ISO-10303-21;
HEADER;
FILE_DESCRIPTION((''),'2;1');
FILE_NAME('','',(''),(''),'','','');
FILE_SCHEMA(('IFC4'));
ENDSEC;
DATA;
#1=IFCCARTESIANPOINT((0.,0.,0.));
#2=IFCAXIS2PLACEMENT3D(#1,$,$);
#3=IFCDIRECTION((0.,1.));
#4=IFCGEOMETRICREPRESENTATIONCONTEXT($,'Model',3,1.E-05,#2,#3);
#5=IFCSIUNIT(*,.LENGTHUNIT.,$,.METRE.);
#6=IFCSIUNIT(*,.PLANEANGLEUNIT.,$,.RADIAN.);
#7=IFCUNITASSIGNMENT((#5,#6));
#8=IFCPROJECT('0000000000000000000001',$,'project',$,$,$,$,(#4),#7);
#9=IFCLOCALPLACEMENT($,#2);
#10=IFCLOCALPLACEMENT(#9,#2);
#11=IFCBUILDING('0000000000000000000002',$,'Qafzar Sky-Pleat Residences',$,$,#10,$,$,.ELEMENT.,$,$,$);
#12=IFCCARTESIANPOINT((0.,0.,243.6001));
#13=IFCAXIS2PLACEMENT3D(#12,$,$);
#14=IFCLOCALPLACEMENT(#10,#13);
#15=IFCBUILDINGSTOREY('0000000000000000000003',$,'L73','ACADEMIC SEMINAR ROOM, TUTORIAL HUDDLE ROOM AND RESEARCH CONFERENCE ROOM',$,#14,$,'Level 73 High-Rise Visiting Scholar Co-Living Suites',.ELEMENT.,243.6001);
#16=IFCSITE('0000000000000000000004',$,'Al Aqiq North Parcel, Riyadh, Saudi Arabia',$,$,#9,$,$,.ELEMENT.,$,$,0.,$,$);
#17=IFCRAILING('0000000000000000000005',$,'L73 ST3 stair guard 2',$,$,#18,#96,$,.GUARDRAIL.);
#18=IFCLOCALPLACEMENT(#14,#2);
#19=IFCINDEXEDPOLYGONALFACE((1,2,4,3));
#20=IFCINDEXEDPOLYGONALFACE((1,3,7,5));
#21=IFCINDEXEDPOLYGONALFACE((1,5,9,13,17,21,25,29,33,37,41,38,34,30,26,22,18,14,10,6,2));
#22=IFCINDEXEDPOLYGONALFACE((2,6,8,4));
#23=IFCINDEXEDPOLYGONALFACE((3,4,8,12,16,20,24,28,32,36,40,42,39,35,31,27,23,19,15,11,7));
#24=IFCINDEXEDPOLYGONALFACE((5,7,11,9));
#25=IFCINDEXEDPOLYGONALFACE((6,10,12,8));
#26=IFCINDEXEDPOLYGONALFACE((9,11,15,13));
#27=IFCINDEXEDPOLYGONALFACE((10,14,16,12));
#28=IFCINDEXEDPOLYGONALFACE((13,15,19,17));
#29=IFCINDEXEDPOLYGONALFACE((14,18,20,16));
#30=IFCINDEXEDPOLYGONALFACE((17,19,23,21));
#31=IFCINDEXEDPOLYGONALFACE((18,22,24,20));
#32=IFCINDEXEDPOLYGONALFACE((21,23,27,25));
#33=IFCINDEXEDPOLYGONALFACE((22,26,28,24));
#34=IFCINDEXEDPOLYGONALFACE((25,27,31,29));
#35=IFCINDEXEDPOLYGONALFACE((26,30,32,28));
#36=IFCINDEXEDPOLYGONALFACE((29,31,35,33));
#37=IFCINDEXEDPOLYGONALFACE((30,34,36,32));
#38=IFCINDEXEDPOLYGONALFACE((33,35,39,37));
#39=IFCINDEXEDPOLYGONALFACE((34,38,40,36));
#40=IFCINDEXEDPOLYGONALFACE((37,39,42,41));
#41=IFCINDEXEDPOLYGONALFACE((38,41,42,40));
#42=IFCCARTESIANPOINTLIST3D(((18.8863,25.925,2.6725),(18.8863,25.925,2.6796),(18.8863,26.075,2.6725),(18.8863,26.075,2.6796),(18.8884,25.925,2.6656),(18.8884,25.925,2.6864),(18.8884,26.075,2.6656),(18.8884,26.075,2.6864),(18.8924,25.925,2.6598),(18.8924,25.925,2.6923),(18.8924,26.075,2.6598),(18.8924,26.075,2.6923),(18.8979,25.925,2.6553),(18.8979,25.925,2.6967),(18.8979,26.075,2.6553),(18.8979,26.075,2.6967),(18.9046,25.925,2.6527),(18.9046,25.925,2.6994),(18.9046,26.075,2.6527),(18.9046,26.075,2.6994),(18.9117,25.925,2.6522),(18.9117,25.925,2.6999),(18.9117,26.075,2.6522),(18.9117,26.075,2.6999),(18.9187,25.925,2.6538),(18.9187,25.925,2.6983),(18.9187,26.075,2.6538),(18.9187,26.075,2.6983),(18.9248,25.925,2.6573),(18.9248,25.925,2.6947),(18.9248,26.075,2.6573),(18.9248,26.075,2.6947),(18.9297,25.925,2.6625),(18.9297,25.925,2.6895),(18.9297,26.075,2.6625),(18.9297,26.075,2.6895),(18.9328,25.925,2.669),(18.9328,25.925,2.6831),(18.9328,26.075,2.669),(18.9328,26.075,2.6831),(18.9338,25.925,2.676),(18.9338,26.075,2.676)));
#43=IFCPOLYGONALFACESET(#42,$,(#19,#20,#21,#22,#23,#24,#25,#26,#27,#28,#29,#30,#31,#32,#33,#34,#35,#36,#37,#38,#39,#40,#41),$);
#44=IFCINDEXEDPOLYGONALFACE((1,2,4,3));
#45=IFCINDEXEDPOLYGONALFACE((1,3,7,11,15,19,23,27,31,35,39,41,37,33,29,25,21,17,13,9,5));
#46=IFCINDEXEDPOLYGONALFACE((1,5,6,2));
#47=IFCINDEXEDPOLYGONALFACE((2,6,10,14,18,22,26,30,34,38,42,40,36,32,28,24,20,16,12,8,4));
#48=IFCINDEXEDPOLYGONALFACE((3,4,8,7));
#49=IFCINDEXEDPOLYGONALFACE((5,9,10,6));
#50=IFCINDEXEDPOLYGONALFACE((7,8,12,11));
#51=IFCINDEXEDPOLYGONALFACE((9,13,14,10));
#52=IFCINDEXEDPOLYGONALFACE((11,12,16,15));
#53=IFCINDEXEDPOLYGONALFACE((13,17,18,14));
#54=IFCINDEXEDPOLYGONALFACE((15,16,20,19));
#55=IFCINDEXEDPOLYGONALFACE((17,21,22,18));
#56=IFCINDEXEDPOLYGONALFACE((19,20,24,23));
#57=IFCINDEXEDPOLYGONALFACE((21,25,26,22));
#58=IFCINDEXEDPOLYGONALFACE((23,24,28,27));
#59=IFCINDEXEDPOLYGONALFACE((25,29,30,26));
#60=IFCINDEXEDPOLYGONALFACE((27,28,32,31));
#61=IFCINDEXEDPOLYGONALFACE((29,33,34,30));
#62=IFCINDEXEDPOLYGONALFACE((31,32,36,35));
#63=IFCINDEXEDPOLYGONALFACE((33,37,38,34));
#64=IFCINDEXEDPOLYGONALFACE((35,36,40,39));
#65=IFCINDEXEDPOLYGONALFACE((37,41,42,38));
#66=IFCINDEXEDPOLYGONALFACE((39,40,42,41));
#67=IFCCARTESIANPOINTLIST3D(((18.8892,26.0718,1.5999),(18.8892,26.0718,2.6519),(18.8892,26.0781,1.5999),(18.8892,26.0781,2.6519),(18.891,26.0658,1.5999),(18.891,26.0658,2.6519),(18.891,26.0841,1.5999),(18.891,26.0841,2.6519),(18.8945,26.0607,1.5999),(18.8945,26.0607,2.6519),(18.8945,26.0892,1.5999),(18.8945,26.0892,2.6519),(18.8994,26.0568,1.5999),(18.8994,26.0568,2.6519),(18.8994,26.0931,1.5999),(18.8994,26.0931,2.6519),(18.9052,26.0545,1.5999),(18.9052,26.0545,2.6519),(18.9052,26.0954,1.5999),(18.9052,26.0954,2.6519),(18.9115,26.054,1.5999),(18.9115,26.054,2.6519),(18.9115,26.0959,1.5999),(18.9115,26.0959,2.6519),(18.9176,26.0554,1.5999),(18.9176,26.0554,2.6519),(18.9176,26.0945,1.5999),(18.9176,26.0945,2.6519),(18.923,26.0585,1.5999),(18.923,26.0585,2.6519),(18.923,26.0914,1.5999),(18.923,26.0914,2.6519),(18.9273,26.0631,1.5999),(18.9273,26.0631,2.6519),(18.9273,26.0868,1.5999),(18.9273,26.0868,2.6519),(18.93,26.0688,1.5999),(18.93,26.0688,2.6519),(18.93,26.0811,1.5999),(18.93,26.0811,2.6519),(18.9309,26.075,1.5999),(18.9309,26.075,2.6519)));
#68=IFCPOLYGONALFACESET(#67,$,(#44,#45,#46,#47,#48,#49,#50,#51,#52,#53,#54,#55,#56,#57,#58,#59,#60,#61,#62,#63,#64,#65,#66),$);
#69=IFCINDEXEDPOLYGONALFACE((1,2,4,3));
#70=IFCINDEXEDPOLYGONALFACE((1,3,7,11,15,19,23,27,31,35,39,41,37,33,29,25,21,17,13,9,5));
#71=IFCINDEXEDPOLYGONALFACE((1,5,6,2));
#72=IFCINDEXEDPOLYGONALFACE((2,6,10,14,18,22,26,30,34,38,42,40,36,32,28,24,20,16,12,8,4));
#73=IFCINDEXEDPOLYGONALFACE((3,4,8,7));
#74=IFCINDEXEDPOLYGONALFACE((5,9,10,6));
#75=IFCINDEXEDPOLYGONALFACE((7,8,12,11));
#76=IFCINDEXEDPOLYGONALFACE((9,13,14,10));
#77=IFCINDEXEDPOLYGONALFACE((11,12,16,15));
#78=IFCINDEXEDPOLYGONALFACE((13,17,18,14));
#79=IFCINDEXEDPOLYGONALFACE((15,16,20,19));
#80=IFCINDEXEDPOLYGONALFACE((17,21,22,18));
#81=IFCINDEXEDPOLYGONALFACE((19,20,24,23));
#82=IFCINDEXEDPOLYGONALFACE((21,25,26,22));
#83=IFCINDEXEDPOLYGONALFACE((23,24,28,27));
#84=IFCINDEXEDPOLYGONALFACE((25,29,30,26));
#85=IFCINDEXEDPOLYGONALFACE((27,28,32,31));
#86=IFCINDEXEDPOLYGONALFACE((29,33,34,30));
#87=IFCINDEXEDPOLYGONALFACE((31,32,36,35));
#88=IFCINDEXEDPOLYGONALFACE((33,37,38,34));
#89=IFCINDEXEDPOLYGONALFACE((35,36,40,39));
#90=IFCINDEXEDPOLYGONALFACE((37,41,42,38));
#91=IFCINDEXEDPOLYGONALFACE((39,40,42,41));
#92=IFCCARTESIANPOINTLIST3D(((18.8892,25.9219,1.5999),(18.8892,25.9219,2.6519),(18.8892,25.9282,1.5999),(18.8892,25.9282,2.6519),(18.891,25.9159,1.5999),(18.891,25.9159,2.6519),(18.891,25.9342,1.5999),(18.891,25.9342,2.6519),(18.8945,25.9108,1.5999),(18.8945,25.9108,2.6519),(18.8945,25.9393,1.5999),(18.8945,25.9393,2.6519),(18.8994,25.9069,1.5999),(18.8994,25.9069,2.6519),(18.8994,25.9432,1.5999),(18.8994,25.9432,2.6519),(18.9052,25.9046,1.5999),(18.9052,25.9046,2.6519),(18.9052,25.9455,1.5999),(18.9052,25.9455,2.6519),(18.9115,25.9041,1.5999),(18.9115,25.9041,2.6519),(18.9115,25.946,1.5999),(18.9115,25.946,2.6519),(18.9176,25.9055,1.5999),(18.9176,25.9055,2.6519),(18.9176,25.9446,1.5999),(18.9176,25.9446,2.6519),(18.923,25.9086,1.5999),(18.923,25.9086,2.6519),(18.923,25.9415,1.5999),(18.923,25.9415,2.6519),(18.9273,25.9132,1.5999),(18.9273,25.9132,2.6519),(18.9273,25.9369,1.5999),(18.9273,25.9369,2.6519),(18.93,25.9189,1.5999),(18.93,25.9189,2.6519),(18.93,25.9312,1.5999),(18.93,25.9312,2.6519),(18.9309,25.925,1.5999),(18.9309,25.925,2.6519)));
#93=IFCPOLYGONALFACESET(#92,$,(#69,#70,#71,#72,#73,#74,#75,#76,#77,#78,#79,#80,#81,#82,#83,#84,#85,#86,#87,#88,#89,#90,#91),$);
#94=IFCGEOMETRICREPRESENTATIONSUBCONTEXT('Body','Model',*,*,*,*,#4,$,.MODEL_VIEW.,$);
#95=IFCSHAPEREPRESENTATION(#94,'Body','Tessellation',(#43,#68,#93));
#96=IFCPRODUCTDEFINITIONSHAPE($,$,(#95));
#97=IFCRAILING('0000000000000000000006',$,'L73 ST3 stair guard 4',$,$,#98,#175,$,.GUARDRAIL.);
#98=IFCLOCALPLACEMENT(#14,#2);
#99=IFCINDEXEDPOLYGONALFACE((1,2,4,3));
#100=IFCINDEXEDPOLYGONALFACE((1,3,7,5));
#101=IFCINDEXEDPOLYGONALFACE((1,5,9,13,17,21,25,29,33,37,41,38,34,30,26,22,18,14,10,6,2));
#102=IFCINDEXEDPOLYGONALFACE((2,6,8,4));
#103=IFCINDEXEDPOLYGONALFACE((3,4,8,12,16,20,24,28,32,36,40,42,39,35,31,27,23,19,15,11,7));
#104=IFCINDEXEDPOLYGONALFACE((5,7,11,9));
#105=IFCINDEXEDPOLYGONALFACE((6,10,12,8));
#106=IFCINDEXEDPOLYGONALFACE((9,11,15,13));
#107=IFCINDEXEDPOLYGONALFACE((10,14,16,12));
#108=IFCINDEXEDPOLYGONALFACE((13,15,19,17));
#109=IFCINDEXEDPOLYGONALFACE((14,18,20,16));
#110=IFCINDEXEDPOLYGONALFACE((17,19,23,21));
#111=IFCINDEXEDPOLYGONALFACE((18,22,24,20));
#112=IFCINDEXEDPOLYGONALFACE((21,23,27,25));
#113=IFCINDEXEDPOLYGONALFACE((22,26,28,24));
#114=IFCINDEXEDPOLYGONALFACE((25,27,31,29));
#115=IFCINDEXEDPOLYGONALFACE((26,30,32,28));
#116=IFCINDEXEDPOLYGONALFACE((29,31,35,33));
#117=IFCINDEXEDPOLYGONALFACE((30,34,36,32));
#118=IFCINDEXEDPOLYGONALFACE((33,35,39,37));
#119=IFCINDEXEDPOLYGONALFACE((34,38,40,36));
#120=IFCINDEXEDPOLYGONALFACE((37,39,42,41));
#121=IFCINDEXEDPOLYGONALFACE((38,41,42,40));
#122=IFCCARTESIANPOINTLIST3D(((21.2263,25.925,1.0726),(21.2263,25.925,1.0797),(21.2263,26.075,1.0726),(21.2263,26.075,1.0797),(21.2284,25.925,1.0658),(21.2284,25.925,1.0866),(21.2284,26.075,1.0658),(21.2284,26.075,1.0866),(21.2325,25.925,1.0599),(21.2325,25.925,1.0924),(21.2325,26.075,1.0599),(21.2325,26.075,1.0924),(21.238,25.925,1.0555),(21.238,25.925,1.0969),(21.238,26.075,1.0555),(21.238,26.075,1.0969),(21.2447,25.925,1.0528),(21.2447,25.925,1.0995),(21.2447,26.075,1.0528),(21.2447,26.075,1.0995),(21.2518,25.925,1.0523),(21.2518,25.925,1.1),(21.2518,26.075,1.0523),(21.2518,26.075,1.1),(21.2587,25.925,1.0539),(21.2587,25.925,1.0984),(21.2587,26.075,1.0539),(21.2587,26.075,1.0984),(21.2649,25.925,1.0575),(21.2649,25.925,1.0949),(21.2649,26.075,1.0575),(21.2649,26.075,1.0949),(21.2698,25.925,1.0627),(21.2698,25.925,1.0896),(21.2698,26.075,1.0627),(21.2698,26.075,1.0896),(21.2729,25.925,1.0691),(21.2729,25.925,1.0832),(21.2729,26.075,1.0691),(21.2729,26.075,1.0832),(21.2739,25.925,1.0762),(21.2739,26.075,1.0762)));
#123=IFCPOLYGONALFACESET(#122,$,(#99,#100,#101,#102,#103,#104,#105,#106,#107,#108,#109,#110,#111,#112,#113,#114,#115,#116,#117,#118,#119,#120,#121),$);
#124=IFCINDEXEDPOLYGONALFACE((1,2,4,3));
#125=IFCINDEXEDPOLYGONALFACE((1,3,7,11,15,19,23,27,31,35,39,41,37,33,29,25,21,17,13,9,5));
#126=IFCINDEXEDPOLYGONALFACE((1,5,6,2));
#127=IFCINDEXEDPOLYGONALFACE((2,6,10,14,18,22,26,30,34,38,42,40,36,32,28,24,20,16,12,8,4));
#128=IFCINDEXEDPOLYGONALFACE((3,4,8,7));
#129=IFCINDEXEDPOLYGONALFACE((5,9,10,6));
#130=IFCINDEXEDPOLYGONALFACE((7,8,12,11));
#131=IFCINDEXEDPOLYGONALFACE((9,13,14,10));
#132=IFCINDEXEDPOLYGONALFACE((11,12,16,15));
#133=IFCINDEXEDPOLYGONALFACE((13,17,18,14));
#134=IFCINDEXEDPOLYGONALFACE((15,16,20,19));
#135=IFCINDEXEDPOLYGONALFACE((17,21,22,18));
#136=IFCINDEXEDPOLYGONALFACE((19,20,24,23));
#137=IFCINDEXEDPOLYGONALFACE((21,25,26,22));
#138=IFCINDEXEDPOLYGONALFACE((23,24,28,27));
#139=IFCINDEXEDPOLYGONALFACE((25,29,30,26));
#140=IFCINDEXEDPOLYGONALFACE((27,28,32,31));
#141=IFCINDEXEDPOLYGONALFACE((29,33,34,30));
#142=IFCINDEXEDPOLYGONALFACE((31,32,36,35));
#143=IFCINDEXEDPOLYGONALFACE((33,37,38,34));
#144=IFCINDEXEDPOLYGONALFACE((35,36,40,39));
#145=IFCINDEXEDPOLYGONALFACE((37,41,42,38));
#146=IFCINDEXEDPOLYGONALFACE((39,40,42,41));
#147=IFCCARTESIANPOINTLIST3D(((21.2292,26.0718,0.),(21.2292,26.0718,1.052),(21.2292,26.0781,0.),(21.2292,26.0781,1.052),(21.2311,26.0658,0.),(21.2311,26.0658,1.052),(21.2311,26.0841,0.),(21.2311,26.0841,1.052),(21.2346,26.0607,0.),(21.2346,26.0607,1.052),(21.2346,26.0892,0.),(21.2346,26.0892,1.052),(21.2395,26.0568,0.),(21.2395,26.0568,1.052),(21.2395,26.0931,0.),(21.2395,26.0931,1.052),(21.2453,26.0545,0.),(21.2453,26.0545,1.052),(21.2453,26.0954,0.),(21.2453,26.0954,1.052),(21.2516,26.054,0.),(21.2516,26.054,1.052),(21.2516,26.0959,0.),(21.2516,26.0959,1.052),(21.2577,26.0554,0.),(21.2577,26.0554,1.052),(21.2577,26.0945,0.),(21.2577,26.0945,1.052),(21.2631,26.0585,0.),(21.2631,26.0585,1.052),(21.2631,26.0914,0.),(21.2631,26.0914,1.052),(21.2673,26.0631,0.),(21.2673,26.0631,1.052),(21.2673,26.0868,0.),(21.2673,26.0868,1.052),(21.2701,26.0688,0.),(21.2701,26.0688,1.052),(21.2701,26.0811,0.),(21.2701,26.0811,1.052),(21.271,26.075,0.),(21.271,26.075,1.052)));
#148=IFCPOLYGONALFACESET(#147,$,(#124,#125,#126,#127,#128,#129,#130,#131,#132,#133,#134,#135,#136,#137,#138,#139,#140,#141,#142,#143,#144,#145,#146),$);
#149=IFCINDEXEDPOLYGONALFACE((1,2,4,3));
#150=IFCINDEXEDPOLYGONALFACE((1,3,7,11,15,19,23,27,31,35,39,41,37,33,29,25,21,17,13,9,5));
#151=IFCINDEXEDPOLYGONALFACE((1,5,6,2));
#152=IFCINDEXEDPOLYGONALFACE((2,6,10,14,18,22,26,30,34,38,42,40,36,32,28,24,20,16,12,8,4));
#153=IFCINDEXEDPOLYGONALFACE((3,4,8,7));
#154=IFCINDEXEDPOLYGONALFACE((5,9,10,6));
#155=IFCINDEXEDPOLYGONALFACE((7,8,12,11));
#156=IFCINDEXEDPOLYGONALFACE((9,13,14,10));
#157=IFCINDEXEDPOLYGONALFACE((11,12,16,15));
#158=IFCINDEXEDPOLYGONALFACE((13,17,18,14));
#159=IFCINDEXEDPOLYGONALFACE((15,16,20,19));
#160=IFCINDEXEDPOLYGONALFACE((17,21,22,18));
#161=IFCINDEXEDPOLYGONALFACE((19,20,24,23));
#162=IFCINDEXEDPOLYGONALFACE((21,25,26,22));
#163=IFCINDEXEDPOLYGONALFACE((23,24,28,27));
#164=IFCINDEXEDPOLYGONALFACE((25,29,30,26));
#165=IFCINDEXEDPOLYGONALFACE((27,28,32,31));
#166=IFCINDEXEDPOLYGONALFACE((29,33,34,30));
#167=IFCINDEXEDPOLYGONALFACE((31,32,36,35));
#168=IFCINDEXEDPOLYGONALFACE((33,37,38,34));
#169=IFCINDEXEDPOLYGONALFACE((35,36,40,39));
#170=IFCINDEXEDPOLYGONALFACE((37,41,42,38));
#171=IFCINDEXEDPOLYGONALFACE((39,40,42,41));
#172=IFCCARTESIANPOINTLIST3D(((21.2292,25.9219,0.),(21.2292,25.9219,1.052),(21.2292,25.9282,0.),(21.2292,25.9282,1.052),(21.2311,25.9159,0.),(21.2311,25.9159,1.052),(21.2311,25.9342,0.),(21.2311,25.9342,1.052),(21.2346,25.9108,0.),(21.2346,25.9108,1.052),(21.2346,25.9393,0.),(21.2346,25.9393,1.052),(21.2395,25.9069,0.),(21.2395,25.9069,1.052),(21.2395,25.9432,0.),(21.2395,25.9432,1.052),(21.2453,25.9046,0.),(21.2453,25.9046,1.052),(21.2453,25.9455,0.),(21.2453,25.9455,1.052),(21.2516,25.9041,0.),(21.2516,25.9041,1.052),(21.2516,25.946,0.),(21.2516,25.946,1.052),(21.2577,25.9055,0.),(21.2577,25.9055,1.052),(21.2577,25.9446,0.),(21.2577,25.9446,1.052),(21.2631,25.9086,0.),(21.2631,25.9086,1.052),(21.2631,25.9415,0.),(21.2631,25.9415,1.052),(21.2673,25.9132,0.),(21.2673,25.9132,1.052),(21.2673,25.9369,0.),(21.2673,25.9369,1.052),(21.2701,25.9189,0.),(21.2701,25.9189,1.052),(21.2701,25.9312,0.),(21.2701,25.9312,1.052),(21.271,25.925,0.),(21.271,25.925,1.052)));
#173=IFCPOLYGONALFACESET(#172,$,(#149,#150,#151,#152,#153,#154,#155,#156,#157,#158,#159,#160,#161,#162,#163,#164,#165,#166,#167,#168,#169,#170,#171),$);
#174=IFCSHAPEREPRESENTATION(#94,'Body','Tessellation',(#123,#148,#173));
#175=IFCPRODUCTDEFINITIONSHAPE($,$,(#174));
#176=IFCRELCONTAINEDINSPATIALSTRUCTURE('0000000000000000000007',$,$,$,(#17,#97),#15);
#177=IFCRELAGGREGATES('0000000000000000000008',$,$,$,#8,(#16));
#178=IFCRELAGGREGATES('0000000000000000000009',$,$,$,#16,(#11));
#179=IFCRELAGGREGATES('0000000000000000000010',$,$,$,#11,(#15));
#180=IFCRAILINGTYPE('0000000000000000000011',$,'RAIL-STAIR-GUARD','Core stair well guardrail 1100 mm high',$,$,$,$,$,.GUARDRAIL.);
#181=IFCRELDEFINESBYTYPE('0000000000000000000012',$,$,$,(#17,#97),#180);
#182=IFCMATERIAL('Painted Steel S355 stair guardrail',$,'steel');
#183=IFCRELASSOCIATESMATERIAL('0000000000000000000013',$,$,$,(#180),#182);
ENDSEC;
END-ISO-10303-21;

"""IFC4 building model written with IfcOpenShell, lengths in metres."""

from ifc_helpers import new_model, si_unit, direction, frame, origin, origin_2d, place, context, subcontext, project, spatial, circle, extrude, source, transform, mapped, material, type_object, element, save


model = new_model("IFC4")

# Units and contexts
model_context = context("Model", 3, precision=1e-05, world=origin(), true_north=direction((0.0, 1.0)))
body_context = subcontext(model_context, "Body", "Model", "MODEL_VIEW")
ifc_project = project(units=[si_unit("LENGTHUNIT", "METRE"), si_unit("PLANEANGLEUNIT", "RADIAN")], contexts=[model_context])

# Site, building, storey
site_placement = place(None, origin())
site = spatial("IfcSite", under=ifc_project, at=site_placement, Name="Al Aqiq North Parcel, Riyadh, Saudi Arabia", CompositionType="ELEMENT", RefElevation=0.0)
building_placement = place(site_placement, origin())
building = spatial("IfcBuilding", under=site, at=building_placement, Name="Qafzar Sky-Pleat Residences", CompositionType="ELEMENT")
storey_placement = place(building_placement, frame((0.0, 0.0, 243.6001)))
storey = spatial("IfcBuildingStorey", under=building, at=storey_placement, Name="L73", Description="ACADEMIC SEMINAR ROOM, TUTORIAL HUDDLE ROOM AND RESEARCH CONFERENCE ROOM", LongName="Level 73 High-Rise Visiting Scholar Co-Living Suites", CompositionType="ELEMENT", Elevation=243.6001)

# Railings
ifc_material_1 = material(Name="Painted Steel S355 stair guardrail", Category="steel")
railing_type_1 = type_object("IfcRailingType", Name="RAIL-STAIR-GUARD", Description="Core stair well guardrail 1100 mm high", PredefinedType="GUARDRAIL", material=ifc_material_1)
shared_shape_1 = source(origin(), body_context, "Body", "SweptSolid", [
    extrude(circle(Radius=0.0239, at=origin_2d()), frame((0.0, 0.0, 1.0762), z_axis=(0.0, -1.0, 0.0), x_axis=(1.0, 0.0, 0.0)), (0.0, 0.0, 1.0), 0.1499),
    extrude(circle(Radius=0.021, at=origin_2d()), origin(), (0.0, 0.0, 1.0), 1.052),
    extrude(circle(Radius=0.021, at=origin_2d()), frame((0.0, -0.1499, 0.0)), (0.0, 0.0, 1.0), 1.052),
])
for number, where, name in (
    (1, (18.9099, 26.075, 1.5999), "L73 ST3 stair guard 2"),
    (2, (21.25, 26.075, 0.0), "L73 ST3 stair guard 4"),
):
    element("IfcRailing", number, at=place(storey_placement, frame(where)), inside=storey, type_object=railing_type_1, Name=name, PredefinedType="GUARDRAIL", context=body_context, shape_type="MappedRepresentation", body=[
        mapped(shared_shape_1, transform((0.0, 0.0, 0.0), x_axis=(1.0, 0.0, 0.0), y_axis=(0.0, 1.0, 0.0), z_axis=(0.0, 0.0, 1.0), scale=1.0)),
    ])

save(model, "model.ifc")
